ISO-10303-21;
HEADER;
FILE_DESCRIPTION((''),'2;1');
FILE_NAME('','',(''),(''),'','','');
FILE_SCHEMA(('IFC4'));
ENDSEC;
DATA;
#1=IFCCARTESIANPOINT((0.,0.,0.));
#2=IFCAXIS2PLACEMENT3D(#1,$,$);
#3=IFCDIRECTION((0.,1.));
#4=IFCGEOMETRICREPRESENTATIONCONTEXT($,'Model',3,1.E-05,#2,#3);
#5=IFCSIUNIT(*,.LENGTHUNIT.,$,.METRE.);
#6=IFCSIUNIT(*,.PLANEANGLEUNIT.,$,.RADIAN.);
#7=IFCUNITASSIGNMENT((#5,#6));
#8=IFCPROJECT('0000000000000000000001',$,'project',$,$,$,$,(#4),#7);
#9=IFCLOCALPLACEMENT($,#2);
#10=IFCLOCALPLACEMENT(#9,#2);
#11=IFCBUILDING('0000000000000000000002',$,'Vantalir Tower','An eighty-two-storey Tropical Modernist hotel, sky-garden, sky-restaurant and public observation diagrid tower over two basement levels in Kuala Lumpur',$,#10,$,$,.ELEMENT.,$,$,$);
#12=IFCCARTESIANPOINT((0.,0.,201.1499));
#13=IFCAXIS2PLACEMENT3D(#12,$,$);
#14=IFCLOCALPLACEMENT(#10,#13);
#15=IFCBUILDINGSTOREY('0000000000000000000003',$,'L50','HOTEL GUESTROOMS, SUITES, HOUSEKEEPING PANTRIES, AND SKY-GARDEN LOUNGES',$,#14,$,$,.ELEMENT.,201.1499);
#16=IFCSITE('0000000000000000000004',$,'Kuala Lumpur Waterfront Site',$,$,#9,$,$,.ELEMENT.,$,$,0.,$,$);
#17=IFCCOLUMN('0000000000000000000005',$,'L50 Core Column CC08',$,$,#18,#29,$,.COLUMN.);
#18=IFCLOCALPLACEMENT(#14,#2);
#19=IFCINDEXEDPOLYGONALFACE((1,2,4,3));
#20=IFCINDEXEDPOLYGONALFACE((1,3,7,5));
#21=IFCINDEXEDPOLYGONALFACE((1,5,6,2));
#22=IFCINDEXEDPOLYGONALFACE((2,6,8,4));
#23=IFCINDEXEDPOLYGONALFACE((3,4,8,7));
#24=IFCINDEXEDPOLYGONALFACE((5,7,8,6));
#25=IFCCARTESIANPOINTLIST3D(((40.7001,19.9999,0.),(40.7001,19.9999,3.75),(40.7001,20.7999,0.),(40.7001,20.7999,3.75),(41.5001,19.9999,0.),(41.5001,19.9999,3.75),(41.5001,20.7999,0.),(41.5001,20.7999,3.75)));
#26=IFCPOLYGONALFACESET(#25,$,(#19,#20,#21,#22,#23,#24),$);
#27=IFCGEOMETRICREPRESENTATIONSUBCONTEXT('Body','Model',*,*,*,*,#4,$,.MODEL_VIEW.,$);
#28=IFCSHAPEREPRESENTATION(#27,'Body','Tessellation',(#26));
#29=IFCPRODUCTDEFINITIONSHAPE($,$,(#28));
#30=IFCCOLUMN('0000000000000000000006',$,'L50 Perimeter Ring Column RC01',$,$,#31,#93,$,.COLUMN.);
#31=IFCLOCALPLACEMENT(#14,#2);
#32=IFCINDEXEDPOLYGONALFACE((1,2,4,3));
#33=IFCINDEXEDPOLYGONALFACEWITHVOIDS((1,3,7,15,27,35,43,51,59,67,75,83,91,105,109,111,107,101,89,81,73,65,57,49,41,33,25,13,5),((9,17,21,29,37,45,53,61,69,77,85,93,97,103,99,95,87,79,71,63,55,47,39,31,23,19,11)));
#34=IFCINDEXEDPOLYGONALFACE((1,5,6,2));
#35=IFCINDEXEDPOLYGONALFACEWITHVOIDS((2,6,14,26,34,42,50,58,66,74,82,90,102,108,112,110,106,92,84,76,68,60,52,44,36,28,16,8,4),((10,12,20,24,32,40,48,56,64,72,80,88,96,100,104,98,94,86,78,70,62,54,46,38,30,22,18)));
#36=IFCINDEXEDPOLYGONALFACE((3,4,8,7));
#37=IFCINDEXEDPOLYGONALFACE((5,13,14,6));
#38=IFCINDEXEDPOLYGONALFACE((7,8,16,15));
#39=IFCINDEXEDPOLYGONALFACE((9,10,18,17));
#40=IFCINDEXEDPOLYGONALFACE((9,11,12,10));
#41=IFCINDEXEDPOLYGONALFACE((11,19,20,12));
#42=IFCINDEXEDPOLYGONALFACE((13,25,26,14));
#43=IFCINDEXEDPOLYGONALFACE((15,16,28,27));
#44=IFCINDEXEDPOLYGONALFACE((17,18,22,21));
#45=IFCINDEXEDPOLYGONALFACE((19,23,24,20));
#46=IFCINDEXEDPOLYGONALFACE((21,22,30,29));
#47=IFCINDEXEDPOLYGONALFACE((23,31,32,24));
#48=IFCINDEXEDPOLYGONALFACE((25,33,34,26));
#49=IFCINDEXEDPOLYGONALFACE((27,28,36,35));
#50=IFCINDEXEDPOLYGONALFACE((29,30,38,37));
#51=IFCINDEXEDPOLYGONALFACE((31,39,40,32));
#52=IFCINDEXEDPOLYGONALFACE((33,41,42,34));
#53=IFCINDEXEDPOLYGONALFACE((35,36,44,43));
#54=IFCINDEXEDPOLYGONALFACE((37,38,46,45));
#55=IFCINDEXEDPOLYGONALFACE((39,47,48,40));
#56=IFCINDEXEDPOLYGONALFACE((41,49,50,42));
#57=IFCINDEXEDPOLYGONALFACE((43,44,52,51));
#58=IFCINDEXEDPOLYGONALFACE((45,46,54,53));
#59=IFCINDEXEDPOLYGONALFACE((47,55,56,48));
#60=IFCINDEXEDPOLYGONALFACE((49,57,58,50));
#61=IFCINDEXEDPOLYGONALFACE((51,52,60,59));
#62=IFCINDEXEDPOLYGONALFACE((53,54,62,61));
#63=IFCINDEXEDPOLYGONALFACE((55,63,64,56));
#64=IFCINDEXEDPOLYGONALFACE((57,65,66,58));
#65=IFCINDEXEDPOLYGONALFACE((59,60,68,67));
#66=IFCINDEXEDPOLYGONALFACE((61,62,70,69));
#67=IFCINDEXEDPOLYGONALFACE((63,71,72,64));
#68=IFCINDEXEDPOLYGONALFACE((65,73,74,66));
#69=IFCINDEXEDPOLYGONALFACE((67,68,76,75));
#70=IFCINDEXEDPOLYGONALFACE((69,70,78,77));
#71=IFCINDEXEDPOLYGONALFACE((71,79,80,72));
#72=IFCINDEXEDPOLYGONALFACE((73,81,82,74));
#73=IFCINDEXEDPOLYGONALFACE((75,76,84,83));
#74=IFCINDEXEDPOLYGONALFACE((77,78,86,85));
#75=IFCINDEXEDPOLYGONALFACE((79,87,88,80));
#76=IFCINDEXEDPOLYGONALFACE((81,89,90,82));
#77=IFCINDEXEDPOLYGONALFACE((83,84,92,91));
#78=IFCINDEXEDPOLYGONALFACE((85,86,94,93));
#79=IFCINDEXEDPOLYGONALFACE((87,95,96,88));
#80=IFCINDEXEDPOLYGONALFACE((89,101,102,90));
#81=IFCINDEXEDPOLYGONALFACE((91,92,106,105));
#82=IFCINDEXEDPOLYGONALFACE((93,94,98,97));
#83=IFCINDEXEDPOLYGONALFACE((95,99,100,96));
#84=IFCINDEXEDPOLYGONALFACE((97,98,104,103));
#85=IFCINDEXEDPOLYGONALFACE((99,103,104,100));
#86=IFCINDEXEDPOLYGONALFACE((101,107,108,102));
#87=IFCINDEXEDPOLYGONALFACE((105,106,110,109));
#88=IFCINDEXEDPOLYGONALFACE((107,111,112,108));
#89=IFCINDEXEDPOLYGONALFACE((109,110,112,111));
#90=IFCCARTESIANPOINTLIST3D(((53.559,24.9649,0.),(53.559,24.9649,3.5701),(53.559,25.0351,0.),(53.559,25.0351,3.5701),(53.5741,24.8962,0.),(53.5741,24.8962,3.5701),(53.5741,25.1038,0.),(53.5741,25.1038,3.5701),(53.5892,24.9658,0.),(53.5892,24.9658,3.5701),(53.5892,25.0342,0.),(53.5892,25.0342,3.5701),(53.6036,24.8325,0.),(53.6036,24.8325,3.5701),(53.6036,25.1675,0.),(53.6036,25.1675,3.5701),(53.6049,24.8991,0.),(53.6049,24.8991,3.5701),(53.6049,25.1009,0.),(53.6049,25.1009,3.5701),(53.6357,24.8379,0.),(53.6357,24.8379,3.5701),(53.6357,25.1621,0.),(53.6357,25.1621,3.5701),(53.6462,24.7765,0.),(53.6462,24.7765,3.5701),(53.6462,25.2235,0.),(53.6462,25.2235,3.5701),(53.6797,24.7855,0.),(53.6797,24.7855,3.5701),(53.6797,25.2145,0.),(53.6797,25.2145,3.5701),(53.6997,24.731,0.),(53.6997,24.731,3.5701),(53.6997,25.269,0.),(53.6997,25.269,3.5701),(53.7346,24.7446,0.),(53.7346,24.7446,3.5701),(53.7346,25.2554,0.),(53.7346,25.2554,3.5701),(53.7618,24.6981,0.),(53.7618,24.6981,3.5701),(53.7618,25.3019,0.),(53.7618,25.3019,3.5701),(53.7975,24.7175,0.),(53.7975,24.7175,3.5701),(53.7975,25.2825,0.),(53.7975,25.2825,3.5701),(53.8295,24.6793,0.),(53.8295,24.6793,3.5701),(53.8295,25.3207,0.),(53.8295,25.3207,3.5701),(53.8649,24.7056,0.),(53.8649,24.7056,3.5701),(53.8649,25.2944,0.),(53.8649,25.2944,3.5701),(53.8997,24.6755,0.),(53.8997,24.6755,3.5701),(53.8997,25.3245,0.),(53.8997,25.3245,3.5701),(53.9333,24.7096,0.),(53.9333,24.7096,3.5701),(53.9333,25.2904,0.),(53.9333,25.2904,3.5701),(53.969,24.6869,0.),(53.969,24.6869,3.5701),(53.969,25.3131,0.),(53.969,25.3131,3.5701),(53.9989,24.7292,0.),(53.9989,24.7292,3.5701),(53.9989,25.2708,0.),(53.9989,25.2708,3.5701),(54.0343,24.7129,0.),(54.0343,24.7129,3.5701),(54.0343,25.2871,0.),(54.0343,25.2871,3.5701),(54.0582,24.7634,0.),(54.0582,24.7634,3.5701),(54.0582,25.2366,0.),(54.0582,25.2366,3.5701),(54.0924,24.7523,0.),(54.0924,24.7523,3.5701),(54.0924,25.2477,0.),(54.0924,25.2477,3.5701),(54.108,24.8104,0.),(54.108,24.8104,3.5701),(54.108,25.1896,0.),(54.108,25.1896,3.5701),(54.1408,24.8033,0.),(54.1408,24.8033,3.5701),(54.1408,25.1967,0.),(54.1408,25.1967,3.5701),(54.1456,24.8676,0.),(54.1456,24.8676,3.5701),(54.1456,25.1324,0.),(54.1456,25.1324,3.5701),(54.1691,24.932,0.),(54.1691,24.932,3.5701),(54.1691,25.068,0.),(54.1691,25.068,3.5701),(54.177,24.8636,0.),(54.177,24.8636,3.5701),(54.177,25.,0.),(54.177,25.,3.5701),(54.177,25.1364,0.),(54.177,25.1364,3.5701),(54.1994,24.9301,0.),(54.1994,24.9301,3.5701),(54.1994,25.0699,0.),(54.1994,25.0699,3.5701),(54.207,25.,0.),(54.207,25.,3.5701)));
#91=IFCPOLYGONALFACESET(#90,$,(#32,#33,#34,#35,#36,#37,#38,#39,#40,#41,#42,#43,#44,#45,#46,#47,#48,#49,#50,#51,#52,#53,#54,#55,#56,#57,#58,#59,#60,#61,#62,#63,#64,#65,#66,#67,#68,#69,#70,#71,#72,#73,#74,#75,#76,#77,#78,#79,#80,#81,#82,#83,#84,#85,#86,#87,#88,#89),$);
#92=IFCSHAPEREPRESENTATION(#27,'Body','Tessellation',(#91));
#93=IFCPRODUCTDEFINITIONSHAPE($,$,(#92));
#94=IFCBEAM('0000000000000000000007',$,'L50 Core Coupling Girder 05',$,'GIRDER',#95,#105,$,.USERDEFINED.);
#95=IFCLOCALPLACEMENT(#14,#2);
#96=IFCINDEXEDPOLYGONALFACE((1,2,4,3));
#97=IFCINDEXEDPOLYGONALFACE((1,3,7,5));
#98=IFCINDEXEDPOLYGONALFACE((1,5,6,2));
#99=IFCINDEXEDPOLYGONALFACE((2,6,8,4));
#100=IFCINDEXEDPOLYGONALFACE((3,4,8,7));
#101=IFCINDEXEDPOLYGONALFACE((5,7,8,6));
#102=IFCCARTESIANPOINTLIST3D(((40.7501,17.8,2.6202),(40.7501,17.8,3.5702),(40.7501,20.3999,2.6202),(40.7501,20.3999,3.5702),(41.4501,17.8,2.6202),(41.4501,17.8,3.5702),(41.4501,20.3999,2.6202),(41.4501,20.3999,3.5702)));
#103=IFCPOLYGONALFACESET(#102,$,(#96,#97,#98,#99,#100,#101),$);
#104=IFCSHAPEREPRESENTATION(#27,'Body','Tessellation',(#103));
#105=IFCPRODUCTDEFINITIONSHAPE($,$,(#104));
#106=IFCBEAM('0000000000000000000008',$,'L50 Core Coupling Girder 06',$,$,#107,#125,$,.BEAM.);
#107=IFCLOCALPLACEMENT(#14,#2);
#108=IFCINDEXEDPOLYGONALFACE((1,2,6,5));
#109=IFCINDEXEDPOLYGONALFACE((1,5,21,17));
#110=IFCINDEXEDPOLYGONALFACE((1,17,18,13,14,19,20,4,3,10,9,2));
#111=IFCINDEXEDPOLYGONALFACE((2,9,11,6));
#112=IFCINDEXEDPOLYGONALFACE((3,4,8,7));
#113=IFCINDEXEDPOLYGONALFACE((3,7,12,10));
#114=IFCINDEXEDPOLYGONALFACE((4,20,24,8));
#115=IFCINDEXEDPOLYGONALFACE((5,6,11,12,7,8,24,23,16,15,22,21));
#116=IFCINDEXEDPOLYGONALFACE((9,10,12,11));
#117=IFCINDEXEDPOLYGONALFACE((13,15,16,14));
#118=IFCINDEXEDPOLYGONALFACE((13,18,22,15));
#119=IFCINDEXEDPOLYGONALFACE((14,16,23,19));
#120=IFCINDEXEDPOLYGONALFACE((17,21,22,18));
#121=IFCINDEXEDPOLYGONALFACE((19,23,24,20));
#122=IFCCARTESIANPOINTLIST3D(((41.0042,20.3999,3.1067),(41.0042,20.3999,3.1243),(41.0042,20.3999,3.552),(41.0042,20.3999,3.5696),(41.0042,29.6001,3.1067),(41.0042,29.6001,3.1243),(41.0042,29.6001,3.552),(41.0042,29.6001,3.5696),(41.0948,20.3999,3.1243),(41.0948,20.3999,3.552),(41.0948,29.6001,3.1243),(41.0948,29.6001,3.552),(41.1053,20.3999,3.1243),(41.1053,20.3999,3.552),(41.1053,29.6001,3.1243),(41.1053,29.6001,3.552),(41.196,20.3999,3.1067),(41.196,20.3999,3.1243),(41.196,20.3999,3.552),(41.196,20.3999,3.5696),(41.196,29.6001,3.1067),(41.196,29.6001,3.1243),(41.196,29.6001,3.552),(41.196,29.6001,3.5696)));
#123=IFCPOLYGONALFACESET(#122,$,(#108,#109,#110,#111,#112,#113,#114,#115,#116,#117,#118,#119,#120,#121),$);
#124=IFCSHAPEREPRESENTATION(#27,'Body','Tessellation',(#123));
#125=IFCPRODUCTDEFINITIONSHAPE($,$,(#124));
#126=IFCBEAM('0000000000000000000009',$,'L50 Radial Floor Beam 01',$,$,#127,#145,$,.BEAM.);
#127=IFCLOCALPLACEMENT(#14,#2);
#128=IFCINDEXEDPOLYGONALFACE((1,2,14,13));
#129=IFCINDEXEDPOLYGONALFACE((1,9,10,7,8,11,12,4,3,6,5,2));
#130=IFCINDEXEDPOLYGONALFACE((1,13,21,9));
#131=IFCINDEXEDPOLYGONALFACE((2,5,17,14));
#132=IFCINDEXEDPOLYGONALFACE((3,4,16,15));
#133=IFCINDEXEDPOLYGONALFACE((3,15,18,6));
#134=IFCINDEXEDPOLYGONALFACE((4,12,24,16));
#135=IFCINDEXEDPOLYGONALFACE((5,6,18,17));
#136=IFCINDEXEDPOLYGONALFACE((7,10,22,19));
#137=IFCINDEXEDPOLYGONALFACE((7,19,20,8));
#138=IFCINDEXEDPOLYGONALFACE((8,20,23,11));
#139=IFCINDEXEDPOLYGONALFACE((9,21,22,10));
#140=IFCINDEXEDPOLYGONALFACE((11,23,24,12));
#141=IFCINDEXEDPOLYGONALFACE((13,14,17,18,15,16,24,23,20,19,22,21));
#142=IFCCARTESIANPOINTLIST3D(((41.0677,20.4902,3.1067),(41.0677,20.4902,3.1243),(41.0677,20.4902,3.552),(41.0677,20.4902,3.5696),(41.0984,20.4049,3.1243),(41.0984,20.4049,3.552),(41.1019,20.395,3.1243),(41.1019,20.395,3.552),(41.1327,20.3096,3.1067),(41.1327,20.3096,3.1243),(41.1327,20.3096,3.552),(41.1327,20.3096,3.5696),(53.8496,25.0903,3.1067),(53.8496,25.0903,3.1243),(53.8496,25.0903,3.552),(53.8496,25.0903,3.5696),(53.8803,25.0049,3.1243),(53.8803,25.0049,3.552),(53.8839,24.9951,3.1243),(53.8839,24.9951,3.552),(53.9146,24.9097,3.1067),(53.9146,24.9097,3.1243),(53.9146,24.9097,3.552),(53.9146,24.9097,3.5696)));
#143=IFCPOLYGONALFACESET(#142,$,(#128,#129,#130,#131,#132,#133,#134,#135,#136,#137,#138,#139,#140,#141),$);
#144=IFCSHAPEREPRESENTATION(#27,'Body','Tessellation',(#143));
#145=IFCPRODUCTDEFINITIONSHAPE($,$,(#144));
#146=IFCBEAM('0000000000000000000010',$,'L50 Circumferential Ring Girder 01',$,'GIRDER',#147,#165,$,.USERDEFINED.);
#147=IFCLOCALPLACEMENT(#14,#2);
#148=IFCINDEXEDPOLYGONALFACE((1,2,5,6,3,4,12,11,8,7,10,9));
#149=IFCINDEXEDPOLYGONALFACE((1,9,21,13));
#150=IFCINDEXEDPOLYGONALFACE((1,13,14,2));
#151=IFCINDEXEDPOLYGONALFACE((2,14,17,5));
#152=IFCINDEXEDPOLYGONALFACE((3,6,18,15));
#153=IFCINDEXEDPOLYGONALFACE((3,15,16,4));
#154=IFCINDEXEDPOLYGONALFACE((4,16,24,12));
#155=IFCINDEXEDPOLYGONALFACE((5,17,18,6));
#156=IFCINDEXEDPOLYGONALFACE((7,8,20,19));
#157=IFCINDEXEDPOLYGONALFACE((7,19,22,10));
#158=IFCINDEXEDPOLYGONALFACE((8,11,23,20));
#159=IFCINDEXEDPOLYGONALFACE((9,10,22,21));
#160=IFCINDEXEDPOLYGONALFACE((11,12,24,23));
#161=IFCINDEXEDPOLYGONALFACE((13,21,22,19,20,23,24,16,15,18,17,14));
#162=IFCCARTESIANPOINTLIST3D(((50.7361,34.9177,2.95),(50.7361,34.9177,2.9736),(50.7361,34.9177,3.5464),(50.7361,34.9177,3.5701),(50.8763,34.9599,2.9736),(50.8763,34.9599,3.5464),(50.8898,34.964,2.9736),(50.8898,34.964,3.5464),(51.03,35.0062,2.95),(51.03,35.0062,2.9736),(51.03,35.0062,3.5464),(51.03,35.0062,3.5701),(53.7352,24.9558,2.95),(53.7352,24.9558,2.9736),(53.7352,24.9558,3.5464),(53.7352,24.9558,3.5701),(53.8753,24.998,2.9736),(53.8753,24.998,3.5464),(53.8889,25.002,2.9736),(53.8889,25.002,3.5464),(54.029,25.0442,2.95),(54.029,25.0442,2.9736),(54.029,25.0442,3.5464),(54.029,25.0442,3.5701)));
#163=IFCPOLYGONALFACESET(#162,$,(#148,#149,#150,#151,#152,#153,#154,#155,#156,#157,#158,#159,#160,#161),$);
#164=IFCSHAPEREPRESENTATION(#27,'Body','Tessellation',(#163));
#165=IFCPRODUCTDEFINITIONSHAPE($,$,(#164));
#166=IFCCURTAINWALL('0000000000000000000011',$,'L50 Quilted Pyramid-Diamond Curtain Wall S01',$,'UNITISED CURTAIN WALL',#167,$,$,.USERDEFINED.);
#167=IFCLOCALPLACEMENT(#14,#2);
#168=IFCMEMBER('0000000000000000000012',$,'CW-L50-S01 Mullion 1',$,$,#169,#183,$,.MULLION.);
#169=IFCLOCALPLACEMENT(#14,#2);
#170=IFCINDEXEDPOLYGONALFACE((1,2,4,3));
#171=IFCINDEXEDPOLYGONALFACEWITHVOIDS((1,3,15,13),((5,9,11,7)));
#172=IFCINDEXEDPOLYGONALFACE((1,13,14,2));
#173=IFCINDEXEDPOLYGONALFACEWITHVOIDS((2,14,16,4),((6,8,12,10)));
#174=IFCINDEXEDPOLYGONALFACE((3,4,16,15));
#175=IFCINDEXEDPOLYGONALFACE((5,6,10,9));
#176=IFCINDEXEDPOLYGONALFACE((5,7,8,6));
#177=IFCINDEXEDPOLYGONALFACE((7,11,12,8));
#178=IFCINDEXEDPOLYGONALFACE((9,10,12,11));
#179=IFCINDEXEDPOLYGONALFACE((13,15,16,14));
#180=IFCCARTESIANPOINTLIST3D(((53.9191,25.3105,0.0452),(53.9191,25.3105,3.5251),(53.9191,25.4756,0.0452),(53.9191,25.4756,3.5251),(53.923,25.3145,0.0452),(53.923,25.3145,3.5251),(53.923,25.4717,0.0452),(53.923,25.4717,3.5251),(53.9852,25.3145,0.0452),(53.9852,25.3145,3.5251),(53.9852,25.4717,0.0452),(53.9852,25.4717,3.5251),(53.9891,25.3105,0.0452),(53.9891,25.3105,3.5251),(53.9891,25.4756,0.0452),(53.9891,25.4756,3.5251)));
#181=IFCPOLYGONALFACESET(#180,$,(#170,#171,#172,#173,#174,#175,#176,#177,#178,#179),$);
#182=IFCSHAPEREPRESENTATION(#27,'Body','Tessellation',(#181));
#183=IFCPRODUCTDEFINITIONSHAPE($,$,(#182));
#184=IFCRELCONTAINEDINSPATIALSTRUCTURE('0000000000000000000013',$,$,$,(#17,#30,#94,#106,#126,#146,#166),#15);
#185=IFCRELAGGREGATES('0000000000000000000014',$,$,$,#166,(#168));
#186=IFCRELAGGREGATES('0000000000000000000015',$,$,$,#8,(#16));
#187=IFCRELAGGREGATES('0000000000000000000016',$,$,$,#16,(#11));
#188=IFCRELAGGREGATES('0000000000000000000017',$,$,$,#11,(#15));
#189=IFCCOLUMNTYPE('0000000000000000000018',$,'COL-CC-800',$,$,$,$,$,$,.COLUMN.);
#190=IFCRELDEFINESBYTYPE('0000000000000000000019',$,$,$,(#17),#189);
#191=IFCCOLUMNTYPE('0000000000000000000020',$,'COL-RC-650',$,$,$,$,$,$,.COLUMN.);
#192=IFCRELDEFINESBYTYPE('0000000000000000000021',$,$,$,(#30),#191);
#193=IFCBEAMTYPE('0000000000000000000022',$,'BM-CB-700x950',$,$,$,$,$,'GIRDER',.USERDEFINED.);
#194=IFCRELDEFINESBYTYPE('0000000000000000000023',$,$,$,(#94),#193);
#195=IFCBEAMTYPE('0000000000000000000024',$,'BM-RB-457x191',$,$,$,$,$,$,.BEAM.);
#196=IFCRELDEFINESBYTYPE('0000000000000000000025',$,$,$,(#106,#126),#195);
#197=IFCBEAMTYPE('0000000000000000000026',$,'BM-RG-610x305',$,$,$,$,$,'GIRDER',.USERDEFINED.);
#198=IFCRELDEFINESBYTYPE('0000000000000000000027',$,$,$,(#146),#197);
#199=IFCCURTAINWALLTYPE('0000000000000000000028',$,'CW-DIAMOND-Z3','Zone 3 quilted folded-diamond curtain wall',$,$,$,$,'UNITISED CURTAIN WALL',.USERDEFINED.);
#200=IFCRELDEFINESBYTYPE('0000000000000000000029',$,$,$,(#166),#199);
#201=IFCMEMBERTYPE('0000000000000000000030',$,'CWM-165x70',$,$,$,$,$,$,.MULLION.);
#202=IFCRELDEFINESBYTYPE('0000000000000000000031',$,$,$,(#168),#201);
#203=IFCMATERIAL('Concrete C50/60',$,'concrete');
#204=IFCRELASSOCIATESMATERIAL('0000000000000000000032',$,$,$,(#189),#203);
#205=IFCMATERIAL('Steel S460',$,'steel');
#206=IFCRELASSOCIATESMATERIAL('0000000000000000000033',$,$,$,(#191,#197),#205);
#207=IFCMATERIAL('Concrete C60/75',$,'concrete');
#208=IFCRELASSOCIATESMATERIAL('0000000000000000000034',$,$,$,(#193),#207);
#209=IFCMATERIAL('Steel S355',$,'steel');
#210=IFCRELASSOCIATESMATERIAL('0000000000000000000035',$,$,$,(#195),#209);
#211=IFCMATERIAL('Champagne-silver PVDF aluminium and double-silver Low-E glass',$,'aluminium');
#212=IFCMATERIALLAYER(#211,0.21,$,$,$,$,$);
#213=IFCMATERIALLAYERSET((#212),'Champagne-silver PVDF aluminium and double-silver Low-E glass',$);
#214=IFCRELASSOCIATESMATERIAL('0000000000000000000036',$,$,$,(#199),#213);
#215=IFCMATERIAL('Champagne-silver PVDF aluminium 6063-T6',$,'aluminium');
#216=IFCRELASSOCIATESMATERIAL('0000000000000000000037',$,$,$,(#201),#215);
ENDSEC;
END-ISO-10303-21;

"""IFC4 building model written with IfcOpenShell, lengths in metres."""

from ifc_helpers import new_model, si_unit, direction, frame, origin, origin_2d, place, context, subcontext, project, spatial, rectangle, hollow_rectangle, hollow_circle, i_section, extrude, material, layer, layer_set, material_profile, profile_set, type_object, element, aggregate, save


model = new_model("IFC4")

# Units and contexts
model_context = context("Model", 3, precision=1e-05, world=origin(), true_north=direction((0.0, 1.0)))
body_context = subcontext(model_context, "Body", "Model", "MODEL_VIEW")
ifc_project = project(units=[si_unit("LENGTHUNIT", "METRE"), si_unit("PLANEANGLEUNIT", "RADIAN")], contexts=[model_context])

# Site, building, storey
site_placement = place(None, origin())
site = spatial("IfcSite", under=ifc_project, at=site_placement, Name="Kuala Lumpur Waterfront Site", CompositionType="ELEMENT", RefElevation=0.0)
building_placement = place(site_placement, origin())
building = spatial("IfcBuilding", under=site, at=building_placement, Name="Vantalir Tower", Description="An eighty-two-storey Tropical Modernist hotel, sky-garden, sky-restaurant and public observation diagrid tower over two basement levels in Kuala Lumpur", CompositionType="ELEMENT")
storey_placement = place(building_placement, frame((0.0, 0.0, 201.1499)))
storey = spatial("IfcBuildingStorey", under=building, at=storey_placement, Name="L50", Description="HOTEL GUESTROOMS, SUITES, HOUSEKEEPING PANTRIES, AND SKY-GARDEN LOUNGES", CompositionType="ELEMENT", Elevation=201.1499)

# Columns
ifc_material_1 = material(Name="Concrete C50/60", Category="concrete")
ifc_material_profile_1 = material_profile(ifc_material_1, rectangle(XDim=0.8, YDim=0.8, at=origin_2d()), Name="Concrete C50/60")
ifc_profile_set_1 = profile_set([ifc_material_profile_1], Name="Concrete C50/60")
column_type_1 = type_object("IfcColumnType", Name="COL-CC-800", PredefinedType="COLUMN", material=ifc_profile_set_1)
column_1_placement = place(storey_placement, frame((41.1001, 20.3999, 0.0), z_axis=(0.0, 0.0, 1.0), x_axis=(1.0, 0.0, 0.0)))
element("IfcColumn", 1, at=column_1_placement, inside=storey, type_object=column_type_1, Name="L50 Core Column CC08", PredefinedType="COLUMN", context=body_context, shape_type="SweptSolid", body=[
    extrude(rectangle(XDim=0.8, YDim=0.8, at=origin_2d()), origin(), (0.0, 0.0, 1.0), 3.75),
])
ifc_material_2 = material(Name="Steel S460", Category="steel")
ifc_material_profile_2 = material_profile(ifc_material_2, hollow_circle(Radius=0.325, WallThickness=0.03, at=origin_2d()), Name="Steel S460")
ifc_profile_set_2 = profile_set([ifc_material_profile_2], Name="Steel S460")
column_type_2 = type_object("IfcColumnType", Name="COL-RC-650", PredefinedType="COLUMN", material=ifc_profile_set_2)
column_2_placement = place(storey_placement, frame((53.8821, 25.0, 0.0), z_axis=(0.0, 0.0, 1.0), x_axis=(1.0, 0.0, 0.0)))
element("IfcColumn", 2, at=column_2_placement, inside=storey, type_object=column_type_2, Name="L50 Perimeter Ring Column RC01", PredefinedType="COLUMN", context=body_context, shape_type="SweptSolid", body=[
    extrude(hollow_circle(Radius=0.325, WallThickness=0.03, at=origin_2d()), origin(), (0.0, 0.0, 1.0), 3.5701),
])

# Beams
ifc_material_3 = material(Name="Concrete C60/75", Category="concrete")
ifc_material_profile_3 = material_profile(ifc_material_3, rectangle(XDim=0.7, YDim=0.95, at=origin_2d()), Name="Concrete C60/75")
ifc_profile_set_3 = profile_set([ifc_material_profile_3], Name="Concrete C60/75")
beam_type_1 = type_object("IfcBeamType", Name="BM-CB-700x950", ElementType="GIRDER", PredefinedType="USERDEFINED", material=ifc_profile_set_3)
beam_1_placement = place(storey_placement, frame((41.1001, 17.8, 3.0952), z_axis=(0.0, 1.0, 0.0), x_axis=(-1.0, 0.0, 0.0)))
element("IfcBeam", 3, at=beam_1_placement, inside=storey, type_object=beam_type_1, Name="L50 Core Coupling Girder 05", ObjectType="GIRDER", PredefinedType="USERDEFINED", context=body_context, shape_type="SweptSolid", body=[
    extrude(rectangle(XDim=0.7, YDim=0.95, at=origin_2d()), origin(), (0.0, 0.0, 1.0), 2.5999),
])
ifc_material_4 = material(Name="Steel S355", Category="steel")
ifc_material_profile_4 = material_profile(ifc_material_4, i_section(OverallWidth=0.1919, OverallDepth=0.4629, WebThickness=0.0105, FlangeThickness=0.0176, at=origin_2d()), Name="Steel S355")
ifc_profile_set_4 = profile_set([ifc_material_profile_4], Name="Steel S355")
beam_type_2 = type_object("IfcBeamType", Name="BM-RB-457x191", PredefinedType="BEAM", material=ifc_profile_set_4)
beam_2_placement = place(storey_placement, frame((41.1001, 20.3999, 3.3381), z_axis=(0.0, 1.0, 0.0), x_axis=(-1.0, 0.0, 0.0)))
element("IfcBeam", 4, at=beam_2_placement, inside=storey, type_object=beam_type_2, Name="L50 Core Coupling Girder 06", PredefinedType="BEAM", context=body_context, shape_type="SweptSolid", body=[
    extrude(i_section(OverallWidth=0.1919, OverallDepth=0.4629, WebThickness=0.0105, FlangeThickness=0.0176, at=origin_2d()), origin(), (0.0, 0.0, 1.0), 9.2002),
])
beam_3_placement = place(storey_placement, frame((53.8821, 25.0, 3.3381), z_axis=(-0.940921, -0.338627, 0.0), x_axis=(0.338627, -0.940921, 0.0)))
element("IfcBeam", 5, at=beam_3_placement, inside=storey, type_object=beam_type_2, Name="L50 Radial Floor Beam 01", PredefinedType="BEAM", context=body_context, shape_type="SweptSolid", body=[
    extrude(i_section(OverallWidth=0.1919, OverallDepth=0.4629, WebThickness=0.0105, FlangeThickness=0.0176, at=origin_2d()), origin(), (0.0, 0.0, 1.0), 13.5845),
])
ifc_material_profile_5 = material_profile(ifc_material_2, i_section(OverallWidth=0.3069, OverallDepth=0.6201, WebThickness=0.0142, FlangeThickness=0.0237, at=origin_2d()), Name="Steel S460")
ifc_profile_set_5 = profile_set([ifc_material_profile_5], Name="Steel S460")
beam_type_3 = type_object("IfcBeamType", Name="BM-RG-610x305", ElementType="GIRDER", PredefinedType="USERDEFINED", material=ifc_profile_set_5)
beam_4_placement = place(storey_placement, frame((53.8821, 25.0, 3.26), z_axis=(-0.288269, 0.957549, 0.0), x_axis=(-0.957549, -0.288269, 0.0)))
element("IfcBeam", 6, at=beam_4_placement, inside=storey, type_object=beam_type_3, Name="L50 Circumferential Ring Girder 01", ObjectType="GIRDER", PredefinedType="USERDEFINED", context=body_context, shape_type="SweptSolid", body=[
    extrude(i_section(OverallWidth=0.3069, OverallDepth=0.6201, WebThickness=0.0142, FlangeThickness=0.0237, at=origin_2d()), origin(), (0.0, 0.0, 1.0), 10.4036),
])

# Curtain wall, member
ifc_material_5 = material(Name="Champagne-silver PVDF aluminium and double-silver Low-E glass", Category="aluminium")
ifc_layer_1 = layer(ifc_material_5, 0.21)
ifc_layer_set_1 = layer_set([ifc_layer_1], Name="Champagne-silver PVDF aluminium and double-silver Low-E glass")
curtain_wall_type = type_object("IfcCurtainWallType", Name="CW-DIAMOND-Z3", Description="Zone 3 quilted folded-diamond curtain wall", ElementType="UNITISED CURTAIN WALL", PredefinedType="USERDEFINED", material=ifc_layer_set_1)
curtain_wall_1_placement = place(storey_placement, origin())
curtain_wall_1 = element("IfcCurtainWall", 7, at=curtain_wall_1_placement, inside=storey, type_object=curtain_wall_type, Name="L50 Quilted Pyramid-Diamond Curtain Wall S01", ObjectType="UNITISED CURTAIN WALL", PredefinedType="USERDEFINED")
ifc_material_6 = material(Name="Champagne-silver PVDF aluminium 6063-T6", Category="aluminium")
ifc_material_profile_6 = material_profile(ifc_material_6, hollow_rectangle(XDim=0.0701, YDim=0.165, WallThickness=0.0039, at=origin_2d()), Name="Champagne-silver PVDF aluminium 6063-T6")
ifc_profile_set_6 = profile_set([ifc_material_profile_6], Name="Champagne-silver PVDF aluminium 6063-T6")
member_type_1 = type_object("IfcMemberType", Name="CWM-165x70", PredefinedType="MULLION", material=ifc_profile_set_6)
member_1_placement = place(storey_placement, frame((53.9541, 25.3931, 0.0452), z_axis=(0.0, 0.0, 1.0), x_axis=(1.0, 0.0, 0.0)))
member_1 = element("IfcMember", 8, at=member_1_placement, type_object=member_type_1, Name="CW-L50-S01 Mullion 1", PredefinedType="MULLION", context=body_context, shape_type="SweptSolid", body=[
    extrude(hollow_rectangle(XDim=0.0701, YDim=0.165, WallThickness=0.0039, at=origin_2d()), origin(), (0.0, 0.0, 1.0), 3.48),
])

aggregate(curtain_wall_1, [member_1])

save(model, "model.ifc")
